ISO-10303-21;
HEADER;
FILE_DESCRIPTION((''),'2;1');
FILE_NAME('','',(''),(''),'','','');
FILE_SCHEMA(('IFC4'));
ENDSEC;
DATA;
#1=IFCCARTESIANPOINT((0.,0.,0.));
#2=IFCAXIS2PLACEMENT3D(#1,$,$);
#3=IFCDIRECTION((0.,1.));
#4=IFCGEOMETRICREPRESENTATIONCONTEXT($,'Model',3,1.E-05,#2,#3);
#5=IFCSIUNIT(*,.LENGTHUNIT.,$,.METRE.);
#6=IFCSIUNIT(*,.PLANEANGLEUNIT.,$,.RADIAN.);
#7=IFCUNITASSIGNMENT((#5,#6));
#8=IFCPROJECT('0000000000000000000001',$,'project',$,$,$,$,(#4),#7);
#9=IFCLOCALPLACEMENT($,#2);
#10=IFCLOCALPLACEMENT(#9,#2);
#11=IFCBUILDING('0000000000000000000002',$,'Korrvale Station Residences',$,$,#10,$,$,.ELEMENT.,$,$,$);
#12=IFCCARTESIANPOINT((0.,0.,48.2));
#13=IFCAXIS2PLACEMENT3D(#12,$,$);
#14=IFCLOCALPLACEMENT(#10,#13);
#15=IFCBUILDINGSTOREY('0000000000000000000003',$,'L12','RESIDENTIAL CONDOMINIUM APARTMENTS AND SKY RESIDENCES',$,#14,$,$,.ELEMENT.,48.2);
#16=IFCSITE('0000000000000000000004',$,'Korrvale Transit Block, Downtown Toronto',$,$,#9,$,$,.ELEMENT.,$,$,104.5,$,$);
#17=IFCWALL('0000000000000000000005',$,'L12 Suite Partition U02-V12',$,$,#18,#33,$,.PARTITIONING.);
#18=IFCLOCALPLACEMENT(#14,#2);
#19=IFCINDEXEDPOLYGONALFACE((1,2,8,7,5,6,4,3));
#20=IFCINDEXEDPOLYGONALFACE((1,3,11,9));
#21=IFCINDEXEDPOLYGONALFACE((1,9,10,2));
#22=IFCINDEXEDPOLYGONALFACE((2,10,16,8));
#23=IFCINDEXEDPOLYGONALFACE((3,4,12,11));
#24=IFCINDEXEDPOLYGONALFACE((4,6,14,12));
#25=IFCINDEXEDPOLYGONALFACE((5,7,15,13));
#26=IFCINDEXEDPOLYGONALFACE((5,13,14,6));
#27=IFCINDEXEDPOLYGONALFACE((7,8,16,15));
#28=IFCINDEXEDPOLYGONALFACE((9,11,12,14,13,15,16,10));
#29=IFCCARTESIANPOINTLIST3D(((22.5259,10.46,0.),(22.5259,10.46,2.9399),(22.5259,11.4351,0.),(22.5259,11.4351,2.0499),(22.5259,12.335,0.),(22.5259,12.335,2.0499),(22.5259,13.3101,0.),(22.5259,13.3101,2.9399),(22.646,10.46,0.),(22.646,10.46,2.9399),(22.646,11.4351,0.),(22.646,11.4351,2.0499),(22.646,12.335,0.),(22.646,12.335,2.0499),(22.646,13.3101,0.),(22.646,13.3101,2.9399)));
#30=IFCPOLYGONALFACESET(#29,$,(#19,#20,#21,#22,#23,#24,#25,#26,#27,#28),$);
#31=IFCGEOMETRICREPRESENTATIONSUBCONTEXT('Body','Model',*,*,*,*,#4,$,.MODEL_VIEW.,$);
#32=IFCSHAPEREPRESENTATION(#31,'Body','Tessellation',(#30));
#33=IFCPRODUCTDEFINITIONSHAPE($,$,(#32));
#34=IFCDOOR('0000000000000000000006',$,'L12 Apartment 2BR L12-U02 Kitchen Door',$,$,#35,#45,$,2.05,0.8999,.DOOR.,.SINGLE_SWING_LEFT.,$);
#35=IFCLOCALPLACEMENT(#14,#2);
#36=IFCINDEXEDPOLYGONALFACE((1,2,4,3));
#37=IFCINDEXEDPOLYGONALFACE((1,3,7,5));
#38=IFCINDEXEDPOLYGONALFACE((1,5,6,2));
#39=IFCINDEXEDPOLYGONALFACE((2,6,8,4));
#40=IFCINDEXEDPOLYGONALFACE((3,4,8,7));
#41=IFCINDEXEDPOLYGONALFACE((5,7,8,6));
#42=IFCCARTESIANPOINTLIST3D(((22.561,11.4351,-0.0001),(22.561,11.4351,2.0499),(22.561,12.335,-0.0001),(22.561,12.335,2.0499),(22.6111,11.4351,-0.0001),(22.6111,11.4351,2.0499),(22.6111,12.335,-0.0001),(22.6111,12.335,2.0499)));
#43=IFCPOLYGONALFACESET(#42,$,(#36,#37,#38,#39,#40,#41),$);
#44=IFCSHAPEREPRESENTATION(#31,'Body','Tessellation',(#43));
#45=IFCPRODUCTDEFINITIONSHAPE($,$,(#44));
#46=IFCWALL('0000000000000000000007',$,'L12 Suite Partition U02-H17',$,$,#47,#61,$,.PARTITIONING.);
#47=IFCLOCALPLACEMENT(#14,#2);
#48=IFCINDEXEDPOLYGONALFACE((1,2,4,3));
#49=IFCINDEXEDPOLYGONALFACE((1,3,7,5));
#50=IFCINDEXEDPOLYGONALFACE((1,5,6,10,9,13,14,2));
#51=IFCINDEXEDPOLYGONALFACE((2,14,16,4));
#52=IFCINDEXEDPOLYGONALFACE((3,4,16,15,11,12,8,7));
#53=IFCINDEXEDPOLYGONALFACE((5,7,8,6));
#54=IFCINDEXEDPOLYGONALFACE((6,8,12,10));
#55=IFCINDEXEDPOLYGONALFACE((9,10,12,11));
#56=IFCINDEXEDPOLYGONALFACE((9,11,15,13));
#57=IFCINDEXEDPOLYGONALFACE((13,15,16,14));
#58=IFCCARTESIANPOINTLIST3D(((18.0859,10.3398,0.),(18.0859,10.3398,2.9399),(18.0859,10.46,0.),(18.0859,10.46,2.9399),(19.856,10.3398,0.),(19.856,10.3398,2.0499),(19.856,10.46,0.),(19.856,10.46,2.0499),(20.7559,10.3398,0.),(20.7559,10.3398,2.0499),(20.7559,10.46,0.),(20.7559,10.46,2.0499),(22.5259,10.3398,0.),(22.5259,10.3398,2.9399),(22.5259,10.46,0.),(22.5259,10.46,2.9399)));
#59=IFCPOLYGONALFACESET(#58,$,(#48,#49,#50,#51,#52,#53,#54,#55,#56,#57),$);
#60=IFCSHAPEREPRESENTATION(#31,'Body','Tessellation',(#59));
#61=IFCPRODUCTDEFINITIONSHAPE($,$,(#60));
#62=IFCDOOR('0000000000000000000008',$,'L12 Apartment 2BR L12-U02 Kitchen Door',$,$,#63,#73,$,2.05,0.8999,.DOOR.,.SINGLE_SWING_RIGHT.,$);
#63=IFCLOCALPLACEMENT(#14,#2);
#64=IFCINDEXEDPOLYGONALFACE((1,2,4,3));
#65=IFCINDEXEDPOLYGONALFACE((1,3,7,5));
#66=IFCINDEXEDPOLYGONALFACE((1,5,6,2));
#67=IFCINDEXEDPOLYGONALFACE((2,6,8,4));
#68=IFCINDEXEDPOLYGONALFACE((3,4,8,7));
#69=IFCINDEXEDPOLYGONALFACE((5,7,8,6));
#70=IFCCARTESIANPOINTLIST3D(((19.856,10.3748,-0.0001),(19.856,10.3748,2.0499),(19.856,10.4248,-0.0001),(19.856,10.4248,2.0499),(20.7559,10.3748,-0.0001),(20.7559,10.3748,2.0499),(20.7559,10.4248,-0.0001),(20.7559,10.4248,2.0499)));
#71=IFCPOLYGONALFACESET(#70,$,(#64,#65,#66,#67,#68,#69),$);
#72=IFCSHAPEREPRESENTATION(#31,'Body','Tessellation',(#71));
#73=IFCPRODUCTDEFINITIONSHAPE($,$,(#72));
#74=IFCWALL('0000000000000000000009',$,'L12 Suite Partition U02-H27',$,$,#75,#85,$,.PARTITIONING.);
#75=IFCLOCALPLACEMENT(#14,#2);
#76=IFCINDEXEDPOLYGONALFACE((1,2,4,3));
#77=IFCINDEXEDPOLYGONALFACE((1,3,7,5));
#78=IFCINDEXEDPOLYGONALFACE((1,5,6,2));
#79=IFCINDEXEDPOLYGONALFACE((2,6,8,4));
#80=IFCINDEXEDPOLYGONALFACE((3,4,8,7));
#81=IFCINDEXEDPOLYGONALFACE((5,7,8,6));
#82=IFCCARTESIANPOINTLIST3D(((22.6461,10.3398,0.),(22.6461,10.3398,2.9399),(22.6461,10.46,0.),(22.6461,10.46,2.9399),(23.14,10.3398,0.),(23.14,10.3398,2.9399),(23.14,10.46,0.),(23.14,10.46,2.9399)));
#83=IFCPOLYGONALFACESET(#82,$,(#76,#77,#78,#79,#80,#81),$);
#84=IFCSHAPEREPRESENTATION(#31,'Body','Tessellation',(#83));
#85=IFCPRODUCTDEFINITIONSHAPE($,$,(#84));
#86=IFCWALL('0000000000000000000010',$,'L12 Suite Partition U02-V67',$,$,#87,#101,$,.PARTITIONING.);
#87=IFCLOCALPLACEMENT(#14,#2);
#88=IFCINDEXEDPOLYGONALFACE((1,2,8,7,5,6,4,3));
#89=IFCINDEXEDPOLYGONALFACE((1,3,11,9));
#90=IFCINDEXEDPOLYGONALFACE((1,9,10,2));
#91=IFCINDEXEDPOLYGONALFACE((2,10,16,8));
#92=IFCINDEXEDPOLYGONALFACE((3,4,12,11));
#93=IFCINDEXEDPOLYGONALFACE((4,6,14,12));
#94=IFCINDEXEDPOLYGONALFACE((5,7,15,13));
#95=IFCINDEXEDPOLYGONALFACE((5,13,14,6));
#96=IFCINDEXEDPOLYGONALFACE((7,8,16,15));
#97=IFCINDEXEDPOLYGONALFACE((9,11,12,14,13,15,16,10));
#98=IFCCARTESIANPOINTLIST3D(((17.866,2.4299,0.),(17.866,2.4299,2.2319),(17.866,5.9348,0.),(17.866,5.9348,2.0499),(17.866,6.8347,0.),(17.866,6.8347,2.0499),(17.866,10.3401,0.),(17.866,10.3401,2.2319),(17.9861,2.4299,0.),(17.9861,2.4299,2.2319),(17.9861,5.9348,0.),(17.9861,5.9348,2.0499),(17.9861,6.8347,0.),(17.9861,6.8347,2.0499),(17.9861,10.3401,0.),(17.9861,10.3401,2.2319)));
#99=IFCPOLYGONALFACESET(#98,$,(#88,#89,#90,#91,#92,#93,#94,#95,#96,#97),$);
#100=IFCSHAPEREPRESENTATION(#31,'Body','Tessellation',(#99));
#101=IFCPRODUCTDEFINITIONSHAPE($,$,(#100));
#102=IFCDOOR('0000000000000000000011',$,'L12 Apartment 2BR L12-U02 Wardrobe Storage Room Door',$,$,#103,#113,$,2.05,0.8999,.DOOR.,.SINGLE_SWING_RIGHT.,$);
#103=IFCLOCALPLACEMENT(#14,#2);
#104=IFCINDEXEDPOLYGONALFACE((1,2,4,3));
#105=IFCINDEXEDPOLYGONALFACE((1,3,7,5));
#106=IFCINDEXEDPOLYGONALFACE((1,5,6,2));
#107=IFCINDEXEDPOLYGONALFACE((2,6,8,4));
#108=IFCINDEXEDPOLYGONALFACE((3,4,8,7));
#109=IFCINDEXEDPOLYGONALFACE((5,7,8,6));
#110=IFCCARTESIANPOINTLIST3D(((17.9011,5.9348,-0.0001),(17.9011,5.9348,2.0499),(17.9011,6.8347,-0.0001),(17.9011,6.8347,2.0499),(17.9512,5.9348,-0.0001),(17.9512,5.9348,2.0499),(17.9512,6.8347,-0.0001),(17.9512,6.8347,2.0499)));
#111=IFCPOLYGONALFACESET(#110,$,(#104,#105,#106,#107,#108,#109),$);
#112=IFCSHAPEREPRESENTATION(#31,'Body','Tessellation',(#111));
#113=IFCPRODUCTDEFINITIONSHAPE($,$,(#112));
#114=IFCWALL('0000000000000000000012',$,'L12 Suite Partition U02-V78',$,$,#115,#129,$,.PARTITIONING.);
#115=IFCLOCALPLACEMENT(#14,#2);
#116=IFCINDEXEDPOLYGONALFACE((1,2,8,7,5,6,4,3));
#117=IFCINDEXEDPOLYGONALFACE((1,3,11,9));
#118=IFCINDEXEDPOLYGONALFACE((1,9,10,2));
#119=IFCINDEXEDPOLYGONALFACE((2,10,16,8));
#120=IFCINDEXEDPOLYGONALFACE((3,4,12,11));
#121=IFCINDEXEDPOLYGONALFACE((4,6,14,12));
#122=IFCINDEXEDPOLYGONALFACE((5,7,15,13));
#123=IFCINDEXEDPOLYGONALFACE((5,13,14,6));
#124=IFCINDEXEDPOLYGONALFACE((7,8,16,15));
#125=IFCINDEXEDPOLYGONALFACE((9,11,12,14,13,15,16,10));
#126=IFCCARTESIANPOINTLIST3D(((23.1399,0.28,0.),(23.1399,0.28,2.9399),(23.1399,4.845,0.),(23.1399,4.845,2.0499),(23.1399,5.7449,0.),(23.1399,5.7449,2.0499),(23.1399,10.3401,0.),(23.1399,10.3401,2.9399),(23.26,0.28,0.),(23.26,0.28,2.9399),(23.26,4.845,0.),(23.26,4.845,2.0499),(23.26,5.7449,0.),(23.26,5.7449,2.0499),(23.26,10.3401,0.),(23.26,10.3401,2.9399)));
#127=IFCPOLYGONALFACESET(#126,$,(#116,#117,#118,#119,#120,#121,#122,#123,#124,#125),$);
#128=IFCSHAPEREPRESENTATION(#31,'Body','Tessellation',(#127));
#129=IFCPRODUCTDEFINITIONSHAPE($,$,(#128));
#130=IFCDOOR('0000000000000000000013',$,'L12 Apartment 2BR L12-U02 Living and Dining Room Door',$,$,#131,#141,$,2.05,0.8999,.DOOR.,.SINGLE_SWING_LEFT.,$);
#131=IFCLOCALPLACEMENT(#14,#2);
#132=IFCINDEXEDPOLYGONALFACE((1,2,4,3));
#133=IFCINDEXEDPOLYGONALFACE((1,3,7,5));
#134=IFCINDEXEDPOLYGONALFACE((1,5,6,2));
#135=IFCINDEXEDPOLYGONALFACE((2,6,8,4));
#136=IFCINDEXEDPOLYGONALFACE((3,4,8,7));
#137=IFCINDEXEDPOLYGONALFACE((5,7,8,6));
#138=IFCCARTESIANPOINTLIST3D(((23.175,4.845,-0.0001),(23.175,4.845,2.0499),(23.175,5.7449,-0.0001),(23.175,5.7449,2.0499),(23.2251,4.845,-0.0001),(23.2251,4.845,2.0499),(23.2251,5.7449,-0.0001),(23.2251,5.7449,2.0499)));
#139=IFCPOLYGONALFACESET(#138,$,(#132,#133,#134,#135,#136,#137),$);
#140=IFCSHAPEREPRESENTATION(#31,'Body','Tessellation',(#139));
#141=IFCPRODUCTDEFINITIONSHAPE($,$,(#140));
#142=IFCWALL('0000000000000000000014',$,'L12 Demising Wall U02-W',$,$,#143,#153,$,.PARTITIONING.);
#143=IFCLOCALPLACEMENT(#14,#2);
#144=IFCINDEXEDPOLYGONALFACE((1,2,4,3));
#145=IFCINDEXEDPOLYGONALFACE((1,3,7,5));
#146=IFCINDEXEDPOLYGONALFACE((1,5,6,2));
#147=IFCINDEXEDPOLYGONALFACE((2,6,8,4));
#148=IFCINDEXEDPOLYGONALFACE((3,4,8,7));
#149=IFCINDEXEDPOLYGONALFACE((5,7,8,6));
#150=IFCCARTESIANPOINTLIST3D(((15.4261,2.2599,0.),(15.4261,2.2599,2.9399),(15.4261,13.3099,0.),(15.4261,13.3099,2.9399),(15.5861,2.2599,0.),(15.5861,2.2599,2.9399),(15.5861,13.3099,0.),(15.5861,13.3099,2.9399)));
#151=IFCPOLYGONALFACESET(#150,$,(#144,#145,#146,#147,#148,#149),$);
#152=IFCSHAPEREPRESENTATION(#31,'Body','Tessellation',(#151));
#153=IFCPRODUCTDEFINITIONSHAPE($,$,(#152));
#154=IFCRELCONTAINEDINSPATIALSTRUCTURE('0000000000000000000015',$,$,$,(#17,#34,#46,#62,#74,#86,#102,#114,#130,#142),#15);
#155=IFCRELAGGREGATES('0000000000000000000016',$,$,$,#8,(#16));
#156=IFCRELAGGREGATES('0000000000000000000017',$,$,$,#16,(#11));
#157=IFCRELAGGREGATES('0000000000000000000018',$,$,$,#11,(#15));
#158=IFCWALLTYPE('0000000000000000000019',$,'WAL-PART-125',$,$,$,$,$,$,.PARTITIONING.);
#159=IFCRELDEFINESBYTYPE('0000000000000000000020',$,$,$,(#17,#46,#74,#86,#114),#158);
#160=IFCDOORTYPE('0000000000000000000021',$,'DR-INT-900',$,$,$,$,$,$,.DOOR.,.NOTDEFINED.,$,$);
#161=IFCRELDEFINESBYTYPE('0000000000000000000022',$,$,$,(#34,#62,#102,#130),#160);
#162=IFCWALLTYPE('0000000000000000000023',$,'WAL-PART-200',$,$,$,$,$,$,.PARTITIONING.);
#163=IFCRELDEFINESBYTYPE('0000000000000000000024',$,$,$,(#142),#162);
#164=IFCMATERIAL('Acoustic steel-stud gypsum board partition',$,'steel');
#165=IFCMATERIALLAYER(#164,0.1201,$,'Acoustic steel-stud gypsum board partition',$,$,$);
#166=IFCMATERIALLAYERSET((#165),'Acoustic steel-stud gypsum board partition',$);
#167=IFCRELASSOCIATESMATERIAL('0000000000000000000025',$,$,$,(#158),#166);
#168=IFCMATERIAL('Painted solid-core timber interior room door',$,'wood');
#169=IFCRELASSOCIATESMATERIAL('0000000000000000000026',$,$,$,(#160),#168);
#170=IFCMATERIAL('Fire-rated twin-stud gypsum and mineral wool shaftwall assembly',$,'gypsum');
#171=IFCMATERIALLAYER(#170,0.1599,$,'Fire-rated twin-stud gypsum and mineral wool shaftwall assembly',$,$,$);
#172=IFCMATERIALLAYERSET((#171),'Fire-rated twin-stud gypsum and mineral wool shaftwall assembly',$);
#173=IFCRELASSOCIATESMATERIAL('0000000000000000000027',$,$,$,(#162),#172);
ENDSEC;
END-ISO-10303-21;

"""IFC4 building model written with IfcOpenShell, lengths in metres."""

from ifc_helpers import new_model, si_unit, direction, frame, frame_2d, origin, place, context, subcontext, project, spatial, rectangle, extrude, material, layer, layer_set, type_object, element, fill, save


model = new_model("IFC4")

# Units and contexts
model_context = context("Model", 3, precision=1e-05, world=origin(), true_north=direction((0.0, 1.0)))
body_context = subcontext(model_context, "Body", "Model", "MODEL_VIEW")
ifc_project = project(units=[si_unit("LENGTHUNIT", "METRE"), si_unit("PLANEANGLEUNIT", "RADIAN")], contexts=[model_context])

# Site, building, storey
site_placement = place(None, origin())
site = spatial("IfcSite", under=ifc_project, at=site_placement, Name="Korrvale Transit Block, Downtown Toronto", CompositionType="ELEMENT", RefElevation=104.5)
building_placement = place(site_placement, origin())
building = spatial("IfcBuilding", under=site, at=building_placement, Name="Korrvale Station Residences", CompositionType="ELEMENT")
storey_placement = place(building_placement, frame((0.0, 0.0, 48.2)))
storey = spatial("IfcBuildingStorey", under=building, at=storey_placement, Name="L12", Description="RESIDENTIAL CONDOMINIUM APARTMENTS AND SKY RESIDENCES", CompositionType="ELEMENT", Elevation=48.2)

# Shared definitions
ifc_material_1 = material(Name="Acoustic steel-stud gypsum board partition", Category="steel")
ifc_layer_1 = layer(ifc_material_1, 0.1201, Name="Acoustic steel-stud gypsum board partition")
ifc_layer_set_1 = layer_set([ifc_layer_1], Name="Acoustic steel-stud gypsum board partition")
wall_type_1 = type_object("IfcWallType", Name="WAL-PART-125", PredefinedType="PARTITIONING", material=ifc_layer_set_1)

# Walls, openings, doors
wall_1_placement = place(storey_placement, frame((22.5859, 10.46, 0.0), z_axis=(0.0, 0.0, 1.0), x_axis=(0.0, 1.0, 0.0)))
wall_1 = element("IfcWall", 1, at=wall_1_placement, inside=storey, type_object=wall_type_1, Name="L12 Suite Partition U02-V12", PredefinedType="PARTITIONING", context=body_context, shape_type="SweptSolid", body=[
    extrude(rectangle(XDim=2.8501, YDim=0.1201, at=frame_2d((1.425, 0.0))), origin(), (0.0, 0.0, 1.0), 2.9399),
])
opening_1_placement = place(wall_1_placement, frame((0.9751, 0.0, 0.0)))
opening_1 = element("IfcOpeningElement", 2, at=opening_1_placement, cuts=wall_1, PredefinedType="OPENING", context=body_context, shape_type="SweptSolid", body=[
    extrude(rectangle(XDim=0.8999, YDim=2.05, at=frame_2d((0.45, 1.0249))), frame((0.0, 0.0701, 0.0), z_axis=(0.0, -1.0, 0.0), x_axis=(1.0, 0.0, 0.0)), (0.0, 0.0, 1.0), 0.1401),
])
ifc_material_2 = material(Name="Painted solid-core timber interior room door", Category="wood")
door_type_1 = type_object("IfcDoorType", Name="DR-INT-900", OperationType="NOTDEFINED", PredefinedType="DOOR", material=ifc_material_2)
door_1_placement = place(opening_1_placement, origin())
door_1 = element("IfcDoor", 3, at=door_1_placement, inside=storey, type_object=door_type_1, Name="L12 Apartment 2BR L12-U02 Kitchen Door", OperationType="SINGLE_SWING_LEFT", OverallHeight=2.05, OverallWidth=0.8999, PredefinedType="DOOR", context=body_context, shape_type="SweptSolid", body=[
    extrude(rectangle(XDim=0.8999, YDim=2.05, at=frame_2d((0.45, 1.0249))), frame((0.0, 0.0249, 0.0), z_axis=(0.0, -1.0, 0.0), x_axis=(1.0, 0.0, 0.0)), (0.0, 0.0, 1.0), 0.05),
])
fill(opening_1, door_1)
wall_2_placement = place(storey_placement, frame((18.0859, 10.3999, 0.0), z_axis=(0.0, 0.0, 1.0), x_axis=(1.0, 0.0, 0.0)))
wall_2 = element("IfcWall", 4, at=wall_2_placement, inside=storey, type_object=wall_type_1, Name="L12 Suite Partition U02-H17", PredefinedType="PARTITIONING", context=body_context, shape_type="SweptSolid", body=[
    extrude(rectangle(XDim=4.4399, YDim=0.1201, at=frame_2d((2.22, 0.0))), origin(), (0.0, 0.0, 1.0), 2.9399),
])
opening_2_placement = place(wall_2_placement, frame((1.77, 0.0, 0.0)))
opening_2 = element("IfcOpeningElement", 5, at=opening_2_placement, cuts=wall_2, PredefinedType="OPENING", context=body_context, shape_type="SweptSolid", body=[
    extrude(rectangle(XDim=0.8999, YDim=2.05, at=frame_2d((0.45, 1.0249))), frame((0.0, 0.0701, 0.0), z_axis=(0.0, -1.0, 0.0), x_axis=(1.0, 0.0, 0.0)), (0.0, 0.0, 1.0), 0.1401),
])
door_2_placement = place(opening_2_placement, origin())
door_2 = element("IfcDoor", 6, at=door_2_placement, inside=storey, type_object=door_type_1, Name="L12 Apartment 2BR L12-U02 Kitchen Door", OperationType="SINGLE_SWING_RIGHT", OverallHeight=2.05, OverallWidth=0.8999, PredefinedType="DOOR", context=body_context, shape_type="SweptSolid", body=[
    extrude(rectangle(XDim=0.8999, YDim=2.05, at=frame_2d((0.45, 1.0249))), frame((0.0, 0.0249, 0.0), z_axis=(0.0, -1.0, 0.0), x_axis=(1.0, 0.0, 0.0)), (0.0, 0.0, 1.0), 0.05),
])
fill(opening_2, door_2)

# Wall
wall_3_placement = place(storey_placement, frame((22.646, 10.3999, 0.0), z_axis=(0.0, 0.0, 1.0), x_axis=(1.0, 0.0, 0.0)))
element("IfcWall", 7, at=wall_3_placement, inside=storey, type_object=wall_type_1, Name="L12 Suite Partition U02-H27", PredefinedType="PARTITIONING", context=body_context, shape_type="SweptSolid", body=[
    extrude(rectangle(XDim=0.4939, YDim=0.1201, at=frame_2d((0.2471, 0.0))), origin(), (0.0, 0.0, 1.0), 2.9399),
])

# Walls, openings, doors
wall_4_placement = place(storey_placement, frame((17.926, 2.4299, 0.0), z_axis=(0.0, 0.0, 1.0), x_axis=(0.0, 1.0, 0.0)))
wall_4 = element("IfcWall", 8, at=wall_4_placement, inside=storey, type_object=wall_type_1, Name="L12 Suite Partition U02-V67", PredefinedType="PARTITIONING", context=body_context, shape_type="SweptSolid", body=[
    extrude(rectangle(XDim=7.9102, YDim=0.1201, at=frame_2d((3.9551, 0.0))), origin(), (0.0, 0.0, 1.0), 2.2319),
])
opening_3_placement = place(wall_4_placement, frame((3.5049, 0.0, 0.0)))
opening_3 = element("IfcOpeningElement", 9, at=opening_3_placement, cuts=wall_4, PredefinedType="OPENING", context=body_context, shape_type="SweptSolid", body=[
    extrude(rectangle(XDim=0.8999, YDim=2.05, at=frame_2d((0.45, 1.0249))), frame((0.0, 0.0701, 0.0), z_axis=(0.0, -1.0, 0.0), x_axis=(1.0, 0.0, 0.0)), (0.0, 0.0, 1.0), 0.1401),
])
door_3_placement = place(opening_3_placement, origin())
door_3 = element("IfcDoor", 10, at=door_3_placement, inside=storey, type_object=door_type_1, Name="L12 Apartment 2BR L12-U02 Wardrobe Storage Room Door", OperationType="SINGLE_SWING_RIGHT", OverallHeight=2.05, OverallWidth=0.8999, PredefinedType="DOOR", context=body_context, shape_type="SweptSolid", body=[
    extrude(rectangle(XDim=0.8999, YDim=2.05, at=frame_2d((0.45, 1.0249))), frame((0.0, 0.0249, 0.0), z_axis=(0.0, -1.0, 0.0), x_axis=(1.0, 0.0, 0.0)), (0.0, 0.0, 1.0), 0.05),
])
fill(opening_3, door_3)
wall_5_placement = place(storey_placement, frame((23.2, 0.28, 0.0), z_axis=(0.0, 0.0, 1.0), x_axis=(0.0, 1.0, 0.0)))
wall_5 = element("IfcWall", 11, at=wall_5_placement, inside=storey, type_object=wall_type_1, Name="L12 Suite Partition U02-V78", PredefinedType="PARTITIONING", context=body_context, shape_type="SweptSolid", body=[
    extrude(rectangle(XDim=10.0601, YDim=0.1201, at=frame_2d((5.03, 0.0))), origin(), (0.0, 0.0, 1.0), 2.9399),
])
opening_4_placement = place(wall_5_placement, frame((4.5649, 0.0, 0.0)))
opening_4 = element("IfcOpeningElement", 12, at=opening_4_placement, cuts=wall_5, PredefinedType="OPENING", context=body_context, shape_type="SweptSolid", body=[
    extrude(rectangle(XDim=0.8999, YDim=2.05, at=frame_2d((0.45, 1.0249))), frame((0.0, 0.0701, 0.0), z_axis=(0.0, -1.0, 0.0), x_axis=(1.0, 0.0, 0.0)), (0.0, 0.0, 1.0), 0.1401),
])
door_4_placement = place(opening_4_placement, origin())
door_4 = element("IfcDoor", 13, at=door_4_placement, inside=storey, type_object=door_type_1, Name="L12 Apartment 2BR L12-U02 Living and Dining Room Door", OperationType="SINGLE_SWING_LEFT", OverallHeight=2.05, OverallWidth=0.8999, PredefinedType="DOOR", context=body_context, shape_type="SweptSolid", body=[
    extrude(rectangle(XDim=0.8999, YDim=2.05, at=frame_2d((0.45, 1.0249))), frame((0.0, 0.0249, 0.0), z_axis=(0.0, -1.0, 0.0), x_axis=(1.0, 0.0, 0.0)), (0.0, 0.0, 1.0), 0.05),
])
fill(opening_4, door_4)

# Wall
ifc_material_3 = material(Name="Fire-rated twin-stud gypsum and mineral wool shaftwall assembly", Category="gypsum")
ifc_layer_2 = layer(ifc_material_3, 0.1599, Name="Fire-rated twin-stud gypsum and mineral wool shaftwall assembly")
ifc_layer_set_2 = layer_set([ifc_layer_2], Name="Fire-rated twin-stud gypsum and mineral wool shaftwall assembly")
wall_type_2 = type_object("IfcWallType", Name="WAL-PART-200", PredefinedType="PARTITIONING", material=ifc_layer_set_2)
wall_6_placement = place(storey_placement, frame((15.5061, 2.26, 0.0), z_axis=(0.0, 0.0, 1.0), x_axis=(0.0, 1.0, 0.0)))
element("IfcWall", 14, at=wall_6_placement, inside=storey, type_object=wall_type_2, Name="L12 Demising Wall U02-W", PredefinedType="PARTITIONING", context=body_context, shape_type="SweptSolid", body=[
    extrude(rectangle(XDim=11.05, YDim=0.1599, at=frame_2d((5.5249, 0.0))), origin(), (0.0, 0.0, 1.0), 2.9399),
])

save(model, "model.ifc")
